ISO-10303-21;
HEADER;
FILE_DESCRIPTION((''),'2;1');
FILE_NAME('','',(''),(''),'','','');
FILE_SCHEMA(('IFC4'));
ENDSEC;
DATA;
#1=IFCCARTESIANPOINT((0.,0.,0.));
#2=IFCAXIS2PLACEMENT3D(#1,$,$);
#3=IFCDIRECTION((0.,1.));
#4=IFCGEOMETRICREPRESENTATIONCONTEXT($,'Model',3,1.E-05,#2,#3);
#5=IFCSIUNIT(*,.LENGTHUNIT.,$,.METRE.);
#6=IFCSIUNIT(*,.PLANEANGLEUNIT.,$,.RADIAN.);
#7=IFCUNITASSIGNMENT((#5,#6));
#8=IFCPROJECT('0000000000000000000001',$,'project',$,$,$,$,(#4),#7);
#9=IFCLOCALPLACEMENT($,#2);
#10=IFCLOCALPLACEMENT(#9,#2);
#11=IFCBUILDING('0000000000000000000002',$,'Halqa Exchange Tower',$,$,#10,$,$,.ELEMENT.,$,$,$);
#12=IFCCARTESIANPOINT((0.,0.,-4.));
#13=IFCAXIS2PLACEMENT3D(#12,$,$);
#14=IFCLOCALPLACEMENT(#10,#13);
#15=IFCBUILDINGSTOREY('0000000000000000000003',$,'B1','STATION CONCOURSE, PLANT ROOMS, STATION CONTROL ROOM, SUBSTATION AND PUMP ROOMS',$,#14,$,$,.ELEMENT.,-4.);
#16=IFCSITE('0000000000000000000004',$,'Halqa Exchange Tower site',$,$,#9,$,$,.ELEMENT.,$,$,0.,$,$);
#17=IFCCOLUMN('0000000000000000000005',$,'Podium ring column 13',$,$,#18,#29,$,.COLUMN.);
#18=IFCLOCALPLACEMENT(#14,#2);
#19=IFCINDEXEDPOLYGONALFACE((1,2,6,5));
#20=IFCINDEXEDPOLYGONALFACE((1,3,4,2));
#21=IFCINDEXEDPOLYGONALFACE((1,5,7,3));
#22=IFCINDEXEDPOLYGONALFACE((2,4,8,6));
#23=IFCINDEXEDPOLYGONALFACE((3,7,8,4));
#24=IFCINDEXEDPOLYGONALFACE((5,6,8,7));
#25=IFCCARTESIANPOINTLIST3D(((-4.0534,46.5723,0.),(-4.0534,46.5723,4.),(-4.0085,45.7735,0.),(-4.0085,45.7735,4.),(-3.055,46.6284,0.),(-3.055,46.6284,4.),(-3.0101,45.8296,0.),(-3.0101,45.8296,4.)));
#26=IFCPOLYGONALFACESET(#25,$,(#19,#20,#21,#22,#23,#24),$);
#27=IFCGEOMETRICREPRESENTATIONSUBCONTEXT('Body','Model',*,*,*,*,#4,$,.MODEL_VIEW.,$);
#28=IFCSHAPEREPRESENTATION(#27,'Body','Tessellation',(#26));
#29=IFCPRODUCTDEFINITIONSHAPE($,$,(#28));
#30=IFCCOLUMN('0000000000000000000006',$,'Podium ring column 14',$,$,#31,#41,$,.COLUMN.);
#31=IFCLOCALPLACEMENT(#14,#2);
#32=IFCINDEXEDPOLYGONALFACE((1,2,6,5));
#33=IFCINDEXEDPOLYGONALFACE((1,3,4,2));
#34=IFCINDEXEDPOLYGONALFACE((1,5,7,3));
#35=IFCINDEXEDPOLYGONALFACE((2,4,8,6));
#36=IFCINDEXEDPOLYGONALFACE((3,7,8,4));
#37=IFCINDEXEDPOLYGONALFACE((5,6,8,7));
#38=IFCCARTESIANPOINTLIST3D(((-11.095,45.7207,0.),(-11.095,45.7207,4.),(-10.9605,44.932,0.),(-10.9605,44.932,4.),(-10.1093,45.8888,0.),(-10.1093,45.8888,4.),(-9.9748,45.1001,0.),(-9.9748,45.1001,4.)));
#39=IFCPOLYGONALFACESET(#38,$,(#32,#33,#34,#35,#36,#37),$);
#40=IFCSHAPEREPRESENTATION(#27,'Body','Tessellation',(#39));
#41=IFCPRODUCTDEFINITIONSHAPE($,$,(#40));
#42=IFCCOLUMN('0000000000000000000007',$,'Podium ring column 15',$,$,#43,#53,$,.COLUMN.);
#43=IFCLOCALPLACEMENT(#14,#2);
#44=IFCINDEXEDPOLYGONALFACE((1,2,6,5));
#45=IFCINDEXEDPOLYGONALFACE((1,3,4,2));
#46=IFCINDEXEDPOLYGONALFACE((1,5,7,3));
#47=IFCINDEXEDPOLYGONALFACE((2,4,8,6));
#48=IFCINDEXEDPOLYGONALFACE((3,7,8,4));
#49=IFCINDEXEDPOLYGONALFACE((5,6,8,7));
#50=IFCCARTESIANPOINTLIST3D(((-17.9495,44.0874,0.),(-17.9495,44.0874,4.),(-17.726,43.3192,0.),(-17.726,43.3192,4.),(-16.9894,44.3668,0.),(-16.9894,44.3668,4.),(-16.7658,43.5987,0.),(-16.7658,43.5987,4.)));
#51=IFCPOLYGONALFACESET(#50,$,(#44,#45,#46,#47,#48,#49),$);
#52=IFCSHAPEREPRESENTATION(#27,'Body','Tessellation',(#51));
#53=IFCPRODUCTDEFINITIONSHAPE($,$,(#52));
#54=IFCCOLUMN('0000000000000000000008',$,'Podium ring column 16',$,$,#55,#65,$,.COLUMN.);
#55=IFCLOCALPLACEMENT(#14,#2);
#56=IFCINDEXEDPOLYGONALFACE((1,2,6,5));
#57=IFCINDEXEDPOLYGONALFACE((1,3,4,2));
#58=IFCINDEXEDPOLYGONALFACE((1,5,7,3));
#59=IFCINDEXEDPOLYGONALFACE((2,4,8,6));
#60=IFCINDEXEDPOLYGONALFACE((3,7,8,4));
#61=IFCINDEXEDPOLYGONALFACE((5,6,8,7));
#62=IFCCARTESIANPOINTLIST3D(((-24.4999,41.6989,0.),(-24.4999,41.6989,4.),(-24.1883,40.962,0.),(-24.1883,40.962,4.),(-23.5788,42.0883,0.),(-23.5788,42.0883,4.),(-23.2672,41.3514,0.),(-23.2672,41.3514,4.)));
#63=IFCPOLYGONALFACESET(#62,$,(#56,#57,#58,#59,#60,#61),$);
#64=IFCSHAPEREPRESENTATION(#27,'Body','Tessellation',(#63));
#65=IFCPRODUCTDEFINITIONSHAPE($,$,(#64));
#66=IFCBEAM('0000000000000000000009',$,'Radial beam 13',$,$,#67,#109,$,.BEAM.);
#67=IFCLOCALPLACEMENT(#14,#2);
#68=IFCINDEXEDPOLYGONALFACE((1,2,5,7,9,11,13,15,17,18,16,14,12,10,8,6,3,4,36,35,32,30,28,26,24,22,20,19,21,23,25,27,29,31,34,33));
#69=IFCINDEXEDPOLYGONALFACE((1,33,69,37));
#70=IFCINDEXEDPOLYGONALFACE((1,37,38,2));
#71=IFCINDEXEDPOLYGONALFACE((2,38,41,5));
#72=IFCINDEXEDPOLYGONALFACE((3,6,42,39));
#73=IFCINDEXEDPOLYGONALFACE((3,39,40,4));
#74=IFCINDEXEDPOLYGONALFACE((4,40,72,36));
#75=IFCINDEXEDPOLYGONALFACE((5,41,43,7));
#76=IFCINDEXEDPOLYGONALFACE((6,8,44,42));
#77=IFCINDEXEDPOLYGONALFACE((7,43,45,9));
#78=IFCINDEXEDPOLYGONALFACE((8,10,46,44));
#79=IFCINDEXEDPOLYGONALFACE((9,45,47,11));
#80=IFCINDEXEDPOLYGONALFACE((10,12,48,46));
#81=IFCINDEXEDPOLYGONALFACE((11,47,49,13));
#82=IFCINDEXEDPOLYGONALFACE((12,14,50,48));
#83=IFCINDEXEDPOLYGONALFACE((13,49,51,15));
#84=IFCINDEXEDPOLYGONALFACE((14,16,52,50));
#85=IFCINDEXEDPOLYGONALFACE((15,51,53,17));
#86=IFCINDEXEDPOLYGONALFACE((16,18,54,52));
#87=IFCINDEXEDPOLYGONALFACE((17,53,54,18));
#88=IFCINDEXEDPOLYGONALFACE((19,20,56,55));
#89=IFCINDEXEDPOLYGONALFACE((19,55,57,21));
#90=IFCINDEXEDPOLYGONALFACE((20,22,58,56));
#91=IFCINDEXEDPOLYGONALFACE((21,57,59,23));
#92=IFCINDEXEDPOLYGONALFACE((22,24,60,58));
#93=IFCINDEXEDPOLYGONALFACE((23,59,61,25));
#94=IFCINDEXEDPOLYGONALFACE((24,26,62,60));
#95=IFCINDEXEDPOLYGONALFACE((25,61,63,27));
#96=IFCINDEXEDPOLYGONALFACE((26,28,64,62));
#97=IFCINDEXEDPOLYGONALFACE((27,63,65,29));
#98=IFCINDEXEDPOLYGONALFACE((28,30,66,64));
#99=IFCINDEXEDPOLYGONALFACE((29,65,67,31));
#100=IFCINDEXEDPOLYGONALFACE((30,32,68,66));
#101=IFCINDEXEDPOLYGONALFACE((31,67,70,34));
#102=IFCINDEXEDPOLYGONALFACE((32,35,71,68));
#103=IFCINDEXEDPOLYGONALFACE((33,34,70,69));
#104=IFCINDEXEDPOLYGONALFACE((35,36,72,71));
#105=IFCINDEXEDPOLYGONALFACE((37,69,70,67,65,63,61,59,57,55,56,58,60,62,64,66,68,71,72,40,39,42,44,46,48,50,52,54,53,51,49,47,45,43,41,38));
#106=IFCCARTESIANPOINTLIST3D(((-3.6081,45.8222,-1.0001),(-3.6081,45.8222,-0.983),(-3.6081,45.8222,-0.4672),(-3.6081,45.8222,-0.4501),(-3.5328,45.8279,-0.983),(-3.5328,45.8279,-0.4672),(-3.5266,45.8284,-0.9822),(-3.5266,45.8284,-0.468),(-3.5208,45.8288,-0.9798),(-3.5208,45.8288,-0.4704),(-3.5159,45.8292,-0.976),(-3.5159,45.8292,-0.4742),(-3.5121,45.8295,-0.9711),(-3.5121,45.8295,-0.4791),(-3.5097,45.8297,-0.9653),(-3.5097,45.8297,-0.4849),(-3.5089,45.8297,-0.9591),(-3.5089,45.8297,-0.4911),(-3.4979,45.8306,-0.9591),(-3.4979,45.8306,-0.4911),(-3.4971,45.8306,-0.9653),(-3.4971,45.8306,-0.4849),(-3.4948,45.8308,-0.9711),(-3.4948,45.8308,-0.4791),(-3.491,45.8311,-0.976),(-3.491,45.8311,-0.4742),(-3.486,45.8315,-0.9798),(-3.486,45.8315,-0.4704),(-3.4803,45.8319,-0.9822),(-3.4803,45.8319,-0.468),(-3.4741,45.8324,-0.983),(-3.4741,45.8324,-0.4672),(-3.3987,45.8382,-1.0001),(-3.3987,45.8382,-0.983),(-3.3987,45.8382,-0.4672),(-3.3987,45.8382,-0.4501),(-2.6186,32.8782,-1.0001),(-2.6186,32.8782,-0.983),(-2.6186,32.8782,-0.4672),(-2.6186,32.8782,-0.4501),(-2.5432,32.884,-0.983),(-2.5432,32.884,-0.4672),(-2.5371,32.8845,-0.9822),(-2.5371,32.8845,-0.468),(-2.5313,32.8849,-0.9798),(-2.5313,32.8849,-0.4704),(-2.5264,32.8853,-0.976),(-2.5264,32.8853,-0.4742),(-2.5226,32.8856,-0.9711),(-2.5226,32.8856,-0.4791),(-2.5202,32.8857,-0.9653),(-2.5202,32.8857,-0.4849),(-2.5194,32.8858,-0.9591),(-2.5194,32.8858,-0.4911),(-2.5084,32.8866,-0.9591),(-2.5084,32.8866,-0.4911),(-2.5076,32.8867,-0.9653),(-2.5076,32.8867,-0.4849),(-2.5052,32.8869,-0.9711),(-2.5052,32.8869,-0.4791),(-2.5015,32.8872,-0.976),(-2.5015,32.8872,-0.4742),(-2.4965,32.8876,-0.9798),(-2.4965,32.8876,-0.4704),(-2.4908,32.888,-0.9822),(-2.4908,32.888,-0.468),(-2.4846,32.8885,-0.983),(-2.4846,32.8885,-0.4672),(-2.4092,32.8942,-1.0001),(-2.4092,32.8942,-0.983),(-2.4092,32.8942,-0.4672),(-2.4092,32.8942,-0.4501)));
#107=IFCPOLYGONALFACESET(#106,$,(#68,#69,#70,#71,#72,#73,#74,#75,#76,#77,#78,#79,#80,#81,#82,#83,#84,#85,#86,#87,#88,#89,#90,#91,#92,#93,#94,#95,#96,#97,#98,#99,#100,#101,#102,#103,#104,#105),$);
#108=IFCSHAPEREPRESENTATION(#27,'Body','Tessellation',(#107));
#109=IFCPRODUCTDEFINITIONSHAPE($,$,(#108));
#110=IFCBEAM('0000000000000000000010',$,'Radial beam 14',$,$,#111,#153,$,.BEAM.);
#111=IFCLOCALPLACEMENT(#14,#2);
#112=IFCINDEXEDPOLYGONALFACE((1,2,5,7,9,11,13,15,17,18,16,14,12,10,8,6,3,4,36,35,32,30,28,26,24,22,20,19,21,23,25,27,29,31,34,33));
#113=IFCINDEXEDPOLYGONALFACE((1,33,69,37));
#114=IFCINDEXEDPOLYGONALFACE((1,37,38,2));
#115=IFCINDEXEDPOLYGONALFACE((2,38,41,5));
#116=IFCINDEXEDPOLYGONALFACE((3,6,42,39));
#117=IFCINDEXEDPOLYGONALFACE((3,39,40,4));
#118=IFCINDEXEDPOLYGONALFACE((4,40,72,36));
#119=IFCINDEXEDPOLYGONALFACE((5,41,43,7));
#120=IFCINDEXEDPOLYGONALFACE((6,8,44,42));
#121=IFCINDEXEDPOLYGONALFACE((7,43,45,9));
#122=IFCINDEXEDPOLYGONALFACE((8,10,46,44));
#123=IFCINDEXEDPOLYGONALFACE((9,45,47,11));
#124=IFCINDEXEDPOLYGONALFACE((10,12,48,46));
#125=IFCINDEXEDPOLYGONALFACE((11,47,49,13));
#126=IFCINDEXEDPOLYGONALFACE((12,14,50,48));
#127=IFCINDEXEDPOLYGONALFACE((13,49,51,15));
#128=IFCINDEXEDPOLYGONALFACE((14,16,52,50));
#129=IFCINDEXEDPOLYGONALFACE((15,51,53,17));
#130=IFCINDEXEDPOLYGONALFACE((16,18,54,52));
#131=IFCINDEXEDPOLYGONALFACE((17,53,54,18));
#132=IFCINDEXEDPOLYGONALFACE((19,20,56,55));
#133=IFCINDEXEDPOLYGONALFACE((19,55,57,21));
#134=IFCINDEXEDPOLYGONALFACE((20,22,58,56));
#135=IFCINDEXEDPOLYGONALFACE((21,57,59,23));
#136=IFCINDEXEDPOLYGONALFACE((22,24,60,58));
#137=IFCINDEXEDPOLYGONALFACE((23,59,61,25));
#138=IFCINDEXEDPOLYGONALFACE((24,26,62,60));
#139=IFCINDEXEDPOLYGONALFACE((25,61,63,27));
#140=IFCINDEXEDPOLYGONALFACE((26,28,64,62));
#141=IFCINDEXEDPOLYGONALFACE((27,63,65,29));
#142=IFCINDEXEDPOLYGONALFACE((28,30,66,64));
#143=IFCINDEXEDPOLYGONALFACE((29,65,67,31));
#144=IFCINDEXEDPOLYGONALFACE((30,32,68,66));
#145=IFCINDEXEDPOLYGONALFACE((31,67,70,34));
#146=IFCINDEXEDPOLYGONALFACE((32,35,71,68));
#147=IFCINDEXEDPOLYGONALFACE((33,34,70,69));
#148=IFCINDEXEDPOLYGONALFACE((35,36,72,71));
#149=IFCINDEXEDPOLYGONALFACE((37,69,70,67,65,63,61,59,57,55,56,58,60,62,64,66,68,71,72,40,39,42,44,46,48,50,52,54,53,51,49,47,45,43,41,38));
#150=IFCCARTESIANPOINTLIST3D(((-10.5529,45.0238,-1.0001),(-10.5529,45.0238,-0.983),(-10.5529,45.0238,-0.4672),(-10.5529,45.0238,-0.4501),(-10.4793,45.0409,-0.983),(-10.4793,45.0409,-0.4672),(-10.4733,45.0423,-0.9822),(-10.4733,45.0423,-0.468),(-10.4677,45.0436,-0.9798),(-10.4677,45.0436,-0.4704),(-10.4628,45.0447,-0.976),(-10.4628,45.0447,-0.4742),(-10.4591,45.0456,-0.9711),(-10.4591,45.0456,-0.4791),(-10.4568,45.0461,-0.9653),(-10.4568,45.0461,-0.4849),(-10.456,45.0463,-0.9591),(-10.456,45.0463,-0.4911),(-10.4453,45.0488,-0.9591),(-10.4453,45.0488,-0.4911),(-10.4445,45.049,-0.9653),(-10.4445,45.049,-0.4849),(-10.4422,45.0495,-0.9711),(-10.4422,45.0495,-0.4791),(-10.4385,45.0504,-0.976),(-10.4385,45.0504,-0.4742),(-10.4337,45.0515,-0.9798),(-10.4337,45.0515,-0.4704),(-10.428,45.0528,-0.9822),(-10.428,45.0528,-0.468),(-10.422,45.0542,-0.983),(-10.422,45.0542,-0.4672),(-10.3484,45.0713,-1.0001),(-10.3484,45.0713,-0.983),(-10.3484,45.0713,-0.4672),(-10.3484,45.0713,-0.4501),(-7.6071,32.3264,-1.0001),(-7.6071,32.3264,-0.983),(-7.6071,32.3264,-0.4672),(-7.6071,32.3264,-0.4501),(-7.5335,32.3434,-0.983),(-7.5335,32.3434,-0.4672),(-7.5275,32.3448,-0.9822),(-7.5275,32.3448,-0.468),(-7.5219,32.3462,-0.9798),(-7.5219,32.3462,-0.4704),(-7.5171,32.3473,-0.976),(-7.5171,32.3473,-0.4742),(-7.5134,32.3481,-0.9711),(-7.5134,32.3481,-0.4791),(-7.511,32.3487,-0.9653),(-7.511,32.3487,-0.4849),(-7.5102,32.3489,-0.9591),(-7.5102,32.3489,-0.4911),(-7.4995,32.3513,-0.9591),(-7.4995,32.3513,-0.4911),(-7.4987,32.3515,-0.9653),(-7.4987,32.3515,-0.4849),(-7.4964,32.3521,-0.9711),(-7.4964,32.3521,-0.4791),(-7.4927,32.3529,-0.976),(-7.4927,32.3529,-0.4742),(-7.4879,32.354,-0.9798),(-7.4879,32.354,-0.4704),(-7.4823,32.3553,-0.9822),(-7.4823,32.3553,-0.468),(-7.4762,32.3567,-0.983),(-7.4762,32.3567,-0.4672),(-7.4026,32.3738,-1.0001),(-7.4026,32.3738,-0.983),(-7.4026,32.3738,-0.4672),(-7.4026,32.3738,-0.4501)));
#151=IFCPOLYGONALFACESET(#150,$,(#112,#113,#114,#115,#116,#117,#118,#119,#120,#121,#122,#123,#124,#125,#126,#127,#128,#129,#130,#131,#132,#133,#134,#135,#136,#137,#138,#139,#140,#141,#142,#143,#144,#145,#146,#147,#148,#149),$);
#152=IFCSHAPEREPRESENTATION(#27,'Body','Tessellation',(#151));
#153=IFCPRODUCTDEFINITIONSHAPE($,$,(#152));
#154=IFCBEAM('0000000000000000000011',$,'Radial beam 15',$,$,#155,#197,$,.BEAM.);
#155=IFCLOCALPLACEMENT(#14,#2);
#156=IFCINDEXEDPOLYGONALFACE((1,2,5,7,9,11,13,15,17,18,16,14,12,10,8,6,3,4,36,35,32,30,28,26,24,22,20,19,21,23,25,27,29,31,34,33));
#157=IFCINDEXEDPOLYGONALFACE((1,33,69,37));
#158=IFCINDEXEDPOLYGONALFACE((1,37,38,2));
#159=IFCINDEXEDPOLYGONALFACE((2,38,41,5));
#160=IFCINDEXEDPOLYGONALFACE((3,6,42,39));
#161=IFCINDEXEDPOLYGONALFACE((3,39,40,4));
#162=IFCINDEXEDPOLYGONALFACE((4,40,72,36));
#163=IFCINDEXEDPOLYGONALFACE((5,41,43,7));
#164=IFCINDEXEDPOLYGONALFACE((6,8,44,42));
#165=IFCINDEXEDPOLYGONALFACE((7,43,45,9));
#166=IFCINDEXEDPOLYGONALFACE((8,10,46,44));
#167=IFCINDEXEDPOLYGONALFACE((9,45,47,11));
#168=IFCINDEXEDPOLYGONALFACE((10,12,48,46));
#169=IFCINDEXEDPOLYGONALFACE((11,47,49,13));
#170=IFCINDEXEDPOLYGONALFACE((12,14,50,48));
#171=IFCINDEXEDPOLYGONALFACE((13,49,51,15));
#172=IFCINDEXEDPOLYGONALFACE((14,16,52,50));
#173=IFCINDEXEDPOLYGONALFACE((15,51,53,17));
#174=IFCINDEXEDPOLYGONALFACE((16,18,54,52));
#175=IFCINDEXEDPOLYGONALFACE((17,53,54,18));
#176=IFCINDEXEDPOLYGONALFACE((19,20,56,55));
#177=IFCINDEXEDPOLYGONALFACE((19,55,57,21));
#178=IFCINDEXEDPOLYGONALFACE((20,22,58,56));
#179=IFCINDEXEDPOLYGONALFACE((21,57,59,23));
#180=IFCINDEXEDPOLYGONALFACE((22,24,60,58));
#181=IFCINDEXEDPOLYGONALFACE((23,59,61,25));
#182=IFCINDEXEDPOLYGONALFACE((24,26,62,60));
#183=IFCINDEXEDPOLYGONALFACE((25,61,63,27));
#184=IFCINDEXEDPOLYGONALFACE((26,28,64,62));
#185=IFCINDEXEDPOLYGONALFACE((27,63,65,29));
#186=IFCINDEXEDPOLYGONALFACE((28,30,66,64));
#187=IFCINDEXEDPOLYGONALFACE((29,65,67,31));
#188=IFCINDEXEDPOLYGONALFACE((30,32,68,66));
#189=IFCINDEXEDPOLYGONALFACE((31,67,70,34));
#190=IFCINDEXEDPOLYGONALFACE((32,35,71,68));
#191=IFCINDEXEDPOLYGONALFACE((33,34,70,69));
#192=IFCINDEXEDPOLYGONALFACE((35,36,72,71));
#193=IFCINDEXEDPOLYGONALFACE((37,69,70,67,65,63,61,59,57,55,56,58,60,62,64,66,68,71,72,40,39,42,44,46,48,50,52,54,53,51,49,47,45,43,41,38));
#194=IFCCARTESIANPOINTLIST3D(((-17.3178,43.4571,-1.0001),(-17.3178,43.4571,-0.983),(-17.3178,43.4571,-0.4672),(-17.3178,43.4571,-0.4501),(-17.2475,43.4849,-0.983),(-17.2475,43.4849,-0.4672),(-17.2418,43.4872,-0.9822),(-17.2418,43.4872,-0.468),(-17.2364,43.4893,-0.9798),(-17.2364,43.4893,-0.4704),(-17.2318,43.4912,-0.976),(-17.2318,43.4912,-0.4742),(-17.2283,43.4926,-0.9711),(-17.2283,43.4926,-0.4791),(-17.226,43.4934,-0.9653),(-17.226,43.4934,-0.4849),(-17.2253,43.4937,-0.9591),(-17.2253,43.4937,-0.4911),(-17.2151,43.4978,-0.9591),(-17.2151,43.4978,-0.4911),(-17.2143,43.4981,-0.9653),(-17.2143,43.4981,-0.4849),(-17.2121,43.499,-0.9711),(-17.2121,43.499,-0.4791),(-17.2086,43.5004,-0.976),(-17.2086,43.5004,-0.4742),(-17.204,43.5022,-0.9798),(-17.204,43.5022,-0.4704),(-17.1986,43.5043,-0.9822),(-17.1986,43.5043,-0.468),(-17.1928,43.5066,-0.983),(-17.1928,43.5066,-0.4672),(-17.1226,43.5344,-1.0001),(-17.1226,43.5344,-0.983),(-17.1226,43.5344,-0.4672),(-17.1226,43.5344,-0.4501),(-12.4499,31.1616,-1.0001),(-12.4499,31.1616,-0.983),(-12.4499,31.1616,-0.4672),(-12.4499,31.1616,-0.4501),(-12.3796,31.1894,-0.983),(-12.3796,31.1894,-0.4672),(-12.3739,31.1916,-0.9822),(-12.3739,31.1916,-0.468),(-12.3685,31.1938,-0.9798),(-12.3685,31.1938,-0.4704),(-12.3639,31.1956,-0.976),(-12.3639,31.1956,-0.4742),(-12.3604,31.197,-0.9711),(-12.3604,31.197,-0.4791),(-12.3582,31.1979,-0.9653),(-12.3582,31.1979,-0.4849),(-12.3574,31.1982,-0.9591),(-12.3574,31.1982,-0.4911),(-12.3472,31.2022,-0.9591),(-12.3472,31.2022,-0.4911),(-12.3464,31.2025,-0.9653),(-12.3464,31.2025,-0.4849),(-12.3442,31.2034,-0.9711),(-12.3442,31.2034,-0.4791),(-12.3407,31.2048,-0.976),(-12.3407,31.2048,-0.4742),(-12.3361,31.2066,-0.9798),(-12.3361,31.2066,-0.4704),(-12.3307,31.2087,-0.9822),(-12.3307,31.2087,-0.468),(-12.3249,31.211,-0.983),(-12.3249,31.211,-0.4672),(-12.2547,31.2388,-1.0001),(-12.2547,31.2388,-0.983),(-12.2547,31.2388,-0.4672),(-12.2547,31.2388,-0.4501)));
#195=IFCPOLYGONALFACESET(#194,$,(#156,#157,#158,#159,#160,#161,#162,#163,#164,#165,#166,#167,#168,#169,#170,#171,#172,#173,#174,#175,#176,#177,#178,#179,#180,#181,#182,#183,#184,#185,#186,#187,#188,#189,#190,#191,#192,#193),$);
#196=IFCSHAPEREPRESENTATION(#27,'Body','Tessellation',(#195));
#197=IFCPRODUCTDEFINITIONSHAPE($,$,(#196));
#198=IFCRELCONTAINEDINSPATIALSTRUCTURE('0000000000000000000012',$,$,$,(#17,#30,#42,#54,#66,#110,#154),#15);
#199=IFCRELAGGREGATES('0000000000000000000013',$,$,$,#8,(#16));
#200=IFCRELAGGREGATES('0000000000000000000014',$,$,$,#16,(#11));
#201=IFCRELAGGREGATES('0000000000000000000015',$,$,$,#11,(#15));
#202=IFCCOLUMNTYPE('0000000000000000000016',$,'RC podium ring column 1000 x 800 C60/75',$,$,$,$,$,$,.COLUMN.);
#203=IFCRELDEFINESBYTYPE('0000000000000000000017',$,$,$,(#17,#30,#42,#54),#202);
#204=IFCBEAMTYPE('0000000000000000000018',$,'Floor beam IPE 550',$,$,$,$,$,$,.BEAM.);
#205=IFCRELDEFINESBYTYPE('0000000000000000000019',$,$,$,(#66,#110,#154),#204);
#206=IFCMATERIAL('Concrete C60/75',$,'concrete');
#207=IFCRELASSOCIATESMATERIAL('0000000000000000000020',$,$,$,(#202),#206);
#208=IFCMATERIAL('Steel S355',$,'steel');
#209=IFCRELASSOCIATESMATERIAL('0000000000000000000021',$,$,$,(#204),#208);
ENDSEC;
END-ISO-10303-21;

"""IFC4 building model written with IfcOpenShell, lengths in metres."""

from ifc_helpers import new_model, si_unit, direction, frame, origin, origin_2d, place, context, subcontext, project, spatial, rectangle, i_section, extrude, material, material_profile, profile_set, type_object, element, save


model = new_model("IFC4")

# Units and contexts
model_context = context("Model", 3, precision=1e-05, world=origin(), true_north=direction((0.0, 1.0)))
body_context = subcontext(model_context, "Body", "Model", "MODEL_VIEW")
ifc_project = project(units=[si_unit("LENGTHUNIT", "METRE"), si_unit("PLANEANGLEUNIT", "RADIAN")], contexts=[model_context])

# Site, building, storey
site_placement = place(None, origin())
site = spatial("IfcSite", under=ifc_project, at=site_placement, Name="Halqa Exchange Tower site", CompositionType="ELEMENT", RefElevation=0.0)
building_placement = place(site_placement, origin())
building = spatial("IfcBuilding", under=site, at=building_placement, Name="Halqa Exchange Tower", CompositionType="ELEMENT")
storey_placement = place(building_placement, frame((0.0, 0.0, -4.0)))
storey = spatial("IfcBuildingStorey", under=building, at=storey_placement, Name="B1", Description="STATION CONCOURSE, PLANT ROOMS, STATION CONTROL ROOM, SUBSTATION AND PUMP ROOMS", CompositionType="ELEMENT", Elevation=-4.0)

# Columns
ifc_material_1 = material(Name="Concrete C60/75", Category="concrete")
ifc_material_profile_1 = material_profile(ifc_material_1, rectangle(XDim=1.0, YDim=0.8, at=origin_2d()), Name="1000 x 800")
ifc_profile_set_1 = profile_set([ifc_material_profile_1], Name="Concrete C60/75")
column_type = type_object("IfcColumnType", Name="RC podium ring column 1000 x 800 C60/75", PredefinedType="COLUMN", material=ifc_profile_set_1)
for number, where, z_axis, x_axis, name in (
    (1, (-3.5317, 46.2009, 0.0), (0.0, 0.0, 1.0), (-0.998425, -0.056107, 0.0), "Podium ring column 13"),
    (2, (-10.5349, 45.4104, 0.0), (0.0, 0.0, 1.0), (-0.985766, -0.168121, 0.0), "Podium ring column 14"),
    (3, (-17.3577, 43.843, 0.0), (0.0, 0.0, 1.0), (-0.960158, -0.279459, 0.0), "Podium ring column 15"),
    (4, (-23.8835, 41.5251, 0.0), (0.0, 0.0, 1.0), (-0.921048, -0.389449, 0.0), "Podium ring column 16"),
):
    element("IfcColumn", number, at=place(storey_placement, frame(where, z_axis=z_axis, x_axis=x_axis)), inside=storey, type_object=column_type, Name=name, PredefinedType="COLUMN", context=body_context, shape_type="SweptSolid", body=[
        extrude(rectangle(XDim=1.0, YDim=0.8, at=origin_2d()), origin(), (0.0, 0.0, 1.0), 4.0),
    ])

# Beams
ifc_material_2 = material(Name="Steel S355", Category="steel")
ifc_material_profile_2 = material_profile(ifc_material_2, i_section(OverallWidth=0.21, OverallDepth=0.55, WebThickness=0.011, FlangeThickness=0.0171, FilletRadius=0.0239, at=origin_2d()), Name="IPE 550")
ifc_profile_set_2 = profile_set([ifc_material_profile_2], Name="Steel S355")
beam_type_1 = type_object("IfcBeamType", Name="Floor beam IPE 550", PredefinedType="BEAM", material=ifc_profile_set_2)
beam_1_placement = place(storey_placement, frame((-2.5139, 32.8862, -0.7251), z_axis=(-0.076223, 0.997091, 0.0), x_axis=(-0.997091, -0.076223, 0.0)))
element("IfcBeam", 5, at=beam_1_placement, inside=storey, type_object=beam_type_1, Name="Radial beam 13", PredefinedType="BEAM", context=body_context, shape_type="SweptSolid", body=[
    extrude(i_section(OverallWidth=0.21, OverallDepth=0.55, WebThickness=0.011, FlangeThickness=0.0171, FilletRadius=0.0239, at=origin_2d()), origin(), (0.0, 0.0, 1.0), 12.9817),
])
beam_2_placement = place(storey_placement, frame((-7.5049, 32.3501, -0.7251), z_axis=(-0.225996, 0.974128, 0.0), x_axis=(-0.974128, -0.225996, 0.0)))
element("IfcBeam", 6, at=beam_2_placement, inside=storey, type_object=beam_type_1, Name="Radial beam 14", PredefinedType="BEAM", context=body_context, shape_type="SweptSolid", body=[
    extrude(i_section(OverallWidth=0.21, OverallDepth=0.55, WebThickness=0.011, FlangeThickness=0.0171, FilletRadius=0.0239, at=origin_2d()), origin(), (0.0, 0.0, 1.0), 13.0347),
])
beam_3_placement = place(storey_placement, frame((-12.3523, 31.2002, -0.7251), z_axis=(-0.368107, 0.929784, 0.0), x_axis=(-0.929784, -0.368107, 0.0)))
element("IfcBeam", 7, at=beam_3_placement, inside=storey, type_object=beam_type_1, Name="Radial beam 15", PredefinedType="BEAM", context=body_context, shape_type="SweptSolid", body=[
    extrude(i_section(OverallWidth=0.21, OverallDepth=0.55, WebThickness=0.011, FlangeThickness=0.0171, FilletRadius=0.0239, at=origin_2d()), origin(), (0.0, 0.0, 1.0), 13.2241),
])

save(model, "model.ifc")
